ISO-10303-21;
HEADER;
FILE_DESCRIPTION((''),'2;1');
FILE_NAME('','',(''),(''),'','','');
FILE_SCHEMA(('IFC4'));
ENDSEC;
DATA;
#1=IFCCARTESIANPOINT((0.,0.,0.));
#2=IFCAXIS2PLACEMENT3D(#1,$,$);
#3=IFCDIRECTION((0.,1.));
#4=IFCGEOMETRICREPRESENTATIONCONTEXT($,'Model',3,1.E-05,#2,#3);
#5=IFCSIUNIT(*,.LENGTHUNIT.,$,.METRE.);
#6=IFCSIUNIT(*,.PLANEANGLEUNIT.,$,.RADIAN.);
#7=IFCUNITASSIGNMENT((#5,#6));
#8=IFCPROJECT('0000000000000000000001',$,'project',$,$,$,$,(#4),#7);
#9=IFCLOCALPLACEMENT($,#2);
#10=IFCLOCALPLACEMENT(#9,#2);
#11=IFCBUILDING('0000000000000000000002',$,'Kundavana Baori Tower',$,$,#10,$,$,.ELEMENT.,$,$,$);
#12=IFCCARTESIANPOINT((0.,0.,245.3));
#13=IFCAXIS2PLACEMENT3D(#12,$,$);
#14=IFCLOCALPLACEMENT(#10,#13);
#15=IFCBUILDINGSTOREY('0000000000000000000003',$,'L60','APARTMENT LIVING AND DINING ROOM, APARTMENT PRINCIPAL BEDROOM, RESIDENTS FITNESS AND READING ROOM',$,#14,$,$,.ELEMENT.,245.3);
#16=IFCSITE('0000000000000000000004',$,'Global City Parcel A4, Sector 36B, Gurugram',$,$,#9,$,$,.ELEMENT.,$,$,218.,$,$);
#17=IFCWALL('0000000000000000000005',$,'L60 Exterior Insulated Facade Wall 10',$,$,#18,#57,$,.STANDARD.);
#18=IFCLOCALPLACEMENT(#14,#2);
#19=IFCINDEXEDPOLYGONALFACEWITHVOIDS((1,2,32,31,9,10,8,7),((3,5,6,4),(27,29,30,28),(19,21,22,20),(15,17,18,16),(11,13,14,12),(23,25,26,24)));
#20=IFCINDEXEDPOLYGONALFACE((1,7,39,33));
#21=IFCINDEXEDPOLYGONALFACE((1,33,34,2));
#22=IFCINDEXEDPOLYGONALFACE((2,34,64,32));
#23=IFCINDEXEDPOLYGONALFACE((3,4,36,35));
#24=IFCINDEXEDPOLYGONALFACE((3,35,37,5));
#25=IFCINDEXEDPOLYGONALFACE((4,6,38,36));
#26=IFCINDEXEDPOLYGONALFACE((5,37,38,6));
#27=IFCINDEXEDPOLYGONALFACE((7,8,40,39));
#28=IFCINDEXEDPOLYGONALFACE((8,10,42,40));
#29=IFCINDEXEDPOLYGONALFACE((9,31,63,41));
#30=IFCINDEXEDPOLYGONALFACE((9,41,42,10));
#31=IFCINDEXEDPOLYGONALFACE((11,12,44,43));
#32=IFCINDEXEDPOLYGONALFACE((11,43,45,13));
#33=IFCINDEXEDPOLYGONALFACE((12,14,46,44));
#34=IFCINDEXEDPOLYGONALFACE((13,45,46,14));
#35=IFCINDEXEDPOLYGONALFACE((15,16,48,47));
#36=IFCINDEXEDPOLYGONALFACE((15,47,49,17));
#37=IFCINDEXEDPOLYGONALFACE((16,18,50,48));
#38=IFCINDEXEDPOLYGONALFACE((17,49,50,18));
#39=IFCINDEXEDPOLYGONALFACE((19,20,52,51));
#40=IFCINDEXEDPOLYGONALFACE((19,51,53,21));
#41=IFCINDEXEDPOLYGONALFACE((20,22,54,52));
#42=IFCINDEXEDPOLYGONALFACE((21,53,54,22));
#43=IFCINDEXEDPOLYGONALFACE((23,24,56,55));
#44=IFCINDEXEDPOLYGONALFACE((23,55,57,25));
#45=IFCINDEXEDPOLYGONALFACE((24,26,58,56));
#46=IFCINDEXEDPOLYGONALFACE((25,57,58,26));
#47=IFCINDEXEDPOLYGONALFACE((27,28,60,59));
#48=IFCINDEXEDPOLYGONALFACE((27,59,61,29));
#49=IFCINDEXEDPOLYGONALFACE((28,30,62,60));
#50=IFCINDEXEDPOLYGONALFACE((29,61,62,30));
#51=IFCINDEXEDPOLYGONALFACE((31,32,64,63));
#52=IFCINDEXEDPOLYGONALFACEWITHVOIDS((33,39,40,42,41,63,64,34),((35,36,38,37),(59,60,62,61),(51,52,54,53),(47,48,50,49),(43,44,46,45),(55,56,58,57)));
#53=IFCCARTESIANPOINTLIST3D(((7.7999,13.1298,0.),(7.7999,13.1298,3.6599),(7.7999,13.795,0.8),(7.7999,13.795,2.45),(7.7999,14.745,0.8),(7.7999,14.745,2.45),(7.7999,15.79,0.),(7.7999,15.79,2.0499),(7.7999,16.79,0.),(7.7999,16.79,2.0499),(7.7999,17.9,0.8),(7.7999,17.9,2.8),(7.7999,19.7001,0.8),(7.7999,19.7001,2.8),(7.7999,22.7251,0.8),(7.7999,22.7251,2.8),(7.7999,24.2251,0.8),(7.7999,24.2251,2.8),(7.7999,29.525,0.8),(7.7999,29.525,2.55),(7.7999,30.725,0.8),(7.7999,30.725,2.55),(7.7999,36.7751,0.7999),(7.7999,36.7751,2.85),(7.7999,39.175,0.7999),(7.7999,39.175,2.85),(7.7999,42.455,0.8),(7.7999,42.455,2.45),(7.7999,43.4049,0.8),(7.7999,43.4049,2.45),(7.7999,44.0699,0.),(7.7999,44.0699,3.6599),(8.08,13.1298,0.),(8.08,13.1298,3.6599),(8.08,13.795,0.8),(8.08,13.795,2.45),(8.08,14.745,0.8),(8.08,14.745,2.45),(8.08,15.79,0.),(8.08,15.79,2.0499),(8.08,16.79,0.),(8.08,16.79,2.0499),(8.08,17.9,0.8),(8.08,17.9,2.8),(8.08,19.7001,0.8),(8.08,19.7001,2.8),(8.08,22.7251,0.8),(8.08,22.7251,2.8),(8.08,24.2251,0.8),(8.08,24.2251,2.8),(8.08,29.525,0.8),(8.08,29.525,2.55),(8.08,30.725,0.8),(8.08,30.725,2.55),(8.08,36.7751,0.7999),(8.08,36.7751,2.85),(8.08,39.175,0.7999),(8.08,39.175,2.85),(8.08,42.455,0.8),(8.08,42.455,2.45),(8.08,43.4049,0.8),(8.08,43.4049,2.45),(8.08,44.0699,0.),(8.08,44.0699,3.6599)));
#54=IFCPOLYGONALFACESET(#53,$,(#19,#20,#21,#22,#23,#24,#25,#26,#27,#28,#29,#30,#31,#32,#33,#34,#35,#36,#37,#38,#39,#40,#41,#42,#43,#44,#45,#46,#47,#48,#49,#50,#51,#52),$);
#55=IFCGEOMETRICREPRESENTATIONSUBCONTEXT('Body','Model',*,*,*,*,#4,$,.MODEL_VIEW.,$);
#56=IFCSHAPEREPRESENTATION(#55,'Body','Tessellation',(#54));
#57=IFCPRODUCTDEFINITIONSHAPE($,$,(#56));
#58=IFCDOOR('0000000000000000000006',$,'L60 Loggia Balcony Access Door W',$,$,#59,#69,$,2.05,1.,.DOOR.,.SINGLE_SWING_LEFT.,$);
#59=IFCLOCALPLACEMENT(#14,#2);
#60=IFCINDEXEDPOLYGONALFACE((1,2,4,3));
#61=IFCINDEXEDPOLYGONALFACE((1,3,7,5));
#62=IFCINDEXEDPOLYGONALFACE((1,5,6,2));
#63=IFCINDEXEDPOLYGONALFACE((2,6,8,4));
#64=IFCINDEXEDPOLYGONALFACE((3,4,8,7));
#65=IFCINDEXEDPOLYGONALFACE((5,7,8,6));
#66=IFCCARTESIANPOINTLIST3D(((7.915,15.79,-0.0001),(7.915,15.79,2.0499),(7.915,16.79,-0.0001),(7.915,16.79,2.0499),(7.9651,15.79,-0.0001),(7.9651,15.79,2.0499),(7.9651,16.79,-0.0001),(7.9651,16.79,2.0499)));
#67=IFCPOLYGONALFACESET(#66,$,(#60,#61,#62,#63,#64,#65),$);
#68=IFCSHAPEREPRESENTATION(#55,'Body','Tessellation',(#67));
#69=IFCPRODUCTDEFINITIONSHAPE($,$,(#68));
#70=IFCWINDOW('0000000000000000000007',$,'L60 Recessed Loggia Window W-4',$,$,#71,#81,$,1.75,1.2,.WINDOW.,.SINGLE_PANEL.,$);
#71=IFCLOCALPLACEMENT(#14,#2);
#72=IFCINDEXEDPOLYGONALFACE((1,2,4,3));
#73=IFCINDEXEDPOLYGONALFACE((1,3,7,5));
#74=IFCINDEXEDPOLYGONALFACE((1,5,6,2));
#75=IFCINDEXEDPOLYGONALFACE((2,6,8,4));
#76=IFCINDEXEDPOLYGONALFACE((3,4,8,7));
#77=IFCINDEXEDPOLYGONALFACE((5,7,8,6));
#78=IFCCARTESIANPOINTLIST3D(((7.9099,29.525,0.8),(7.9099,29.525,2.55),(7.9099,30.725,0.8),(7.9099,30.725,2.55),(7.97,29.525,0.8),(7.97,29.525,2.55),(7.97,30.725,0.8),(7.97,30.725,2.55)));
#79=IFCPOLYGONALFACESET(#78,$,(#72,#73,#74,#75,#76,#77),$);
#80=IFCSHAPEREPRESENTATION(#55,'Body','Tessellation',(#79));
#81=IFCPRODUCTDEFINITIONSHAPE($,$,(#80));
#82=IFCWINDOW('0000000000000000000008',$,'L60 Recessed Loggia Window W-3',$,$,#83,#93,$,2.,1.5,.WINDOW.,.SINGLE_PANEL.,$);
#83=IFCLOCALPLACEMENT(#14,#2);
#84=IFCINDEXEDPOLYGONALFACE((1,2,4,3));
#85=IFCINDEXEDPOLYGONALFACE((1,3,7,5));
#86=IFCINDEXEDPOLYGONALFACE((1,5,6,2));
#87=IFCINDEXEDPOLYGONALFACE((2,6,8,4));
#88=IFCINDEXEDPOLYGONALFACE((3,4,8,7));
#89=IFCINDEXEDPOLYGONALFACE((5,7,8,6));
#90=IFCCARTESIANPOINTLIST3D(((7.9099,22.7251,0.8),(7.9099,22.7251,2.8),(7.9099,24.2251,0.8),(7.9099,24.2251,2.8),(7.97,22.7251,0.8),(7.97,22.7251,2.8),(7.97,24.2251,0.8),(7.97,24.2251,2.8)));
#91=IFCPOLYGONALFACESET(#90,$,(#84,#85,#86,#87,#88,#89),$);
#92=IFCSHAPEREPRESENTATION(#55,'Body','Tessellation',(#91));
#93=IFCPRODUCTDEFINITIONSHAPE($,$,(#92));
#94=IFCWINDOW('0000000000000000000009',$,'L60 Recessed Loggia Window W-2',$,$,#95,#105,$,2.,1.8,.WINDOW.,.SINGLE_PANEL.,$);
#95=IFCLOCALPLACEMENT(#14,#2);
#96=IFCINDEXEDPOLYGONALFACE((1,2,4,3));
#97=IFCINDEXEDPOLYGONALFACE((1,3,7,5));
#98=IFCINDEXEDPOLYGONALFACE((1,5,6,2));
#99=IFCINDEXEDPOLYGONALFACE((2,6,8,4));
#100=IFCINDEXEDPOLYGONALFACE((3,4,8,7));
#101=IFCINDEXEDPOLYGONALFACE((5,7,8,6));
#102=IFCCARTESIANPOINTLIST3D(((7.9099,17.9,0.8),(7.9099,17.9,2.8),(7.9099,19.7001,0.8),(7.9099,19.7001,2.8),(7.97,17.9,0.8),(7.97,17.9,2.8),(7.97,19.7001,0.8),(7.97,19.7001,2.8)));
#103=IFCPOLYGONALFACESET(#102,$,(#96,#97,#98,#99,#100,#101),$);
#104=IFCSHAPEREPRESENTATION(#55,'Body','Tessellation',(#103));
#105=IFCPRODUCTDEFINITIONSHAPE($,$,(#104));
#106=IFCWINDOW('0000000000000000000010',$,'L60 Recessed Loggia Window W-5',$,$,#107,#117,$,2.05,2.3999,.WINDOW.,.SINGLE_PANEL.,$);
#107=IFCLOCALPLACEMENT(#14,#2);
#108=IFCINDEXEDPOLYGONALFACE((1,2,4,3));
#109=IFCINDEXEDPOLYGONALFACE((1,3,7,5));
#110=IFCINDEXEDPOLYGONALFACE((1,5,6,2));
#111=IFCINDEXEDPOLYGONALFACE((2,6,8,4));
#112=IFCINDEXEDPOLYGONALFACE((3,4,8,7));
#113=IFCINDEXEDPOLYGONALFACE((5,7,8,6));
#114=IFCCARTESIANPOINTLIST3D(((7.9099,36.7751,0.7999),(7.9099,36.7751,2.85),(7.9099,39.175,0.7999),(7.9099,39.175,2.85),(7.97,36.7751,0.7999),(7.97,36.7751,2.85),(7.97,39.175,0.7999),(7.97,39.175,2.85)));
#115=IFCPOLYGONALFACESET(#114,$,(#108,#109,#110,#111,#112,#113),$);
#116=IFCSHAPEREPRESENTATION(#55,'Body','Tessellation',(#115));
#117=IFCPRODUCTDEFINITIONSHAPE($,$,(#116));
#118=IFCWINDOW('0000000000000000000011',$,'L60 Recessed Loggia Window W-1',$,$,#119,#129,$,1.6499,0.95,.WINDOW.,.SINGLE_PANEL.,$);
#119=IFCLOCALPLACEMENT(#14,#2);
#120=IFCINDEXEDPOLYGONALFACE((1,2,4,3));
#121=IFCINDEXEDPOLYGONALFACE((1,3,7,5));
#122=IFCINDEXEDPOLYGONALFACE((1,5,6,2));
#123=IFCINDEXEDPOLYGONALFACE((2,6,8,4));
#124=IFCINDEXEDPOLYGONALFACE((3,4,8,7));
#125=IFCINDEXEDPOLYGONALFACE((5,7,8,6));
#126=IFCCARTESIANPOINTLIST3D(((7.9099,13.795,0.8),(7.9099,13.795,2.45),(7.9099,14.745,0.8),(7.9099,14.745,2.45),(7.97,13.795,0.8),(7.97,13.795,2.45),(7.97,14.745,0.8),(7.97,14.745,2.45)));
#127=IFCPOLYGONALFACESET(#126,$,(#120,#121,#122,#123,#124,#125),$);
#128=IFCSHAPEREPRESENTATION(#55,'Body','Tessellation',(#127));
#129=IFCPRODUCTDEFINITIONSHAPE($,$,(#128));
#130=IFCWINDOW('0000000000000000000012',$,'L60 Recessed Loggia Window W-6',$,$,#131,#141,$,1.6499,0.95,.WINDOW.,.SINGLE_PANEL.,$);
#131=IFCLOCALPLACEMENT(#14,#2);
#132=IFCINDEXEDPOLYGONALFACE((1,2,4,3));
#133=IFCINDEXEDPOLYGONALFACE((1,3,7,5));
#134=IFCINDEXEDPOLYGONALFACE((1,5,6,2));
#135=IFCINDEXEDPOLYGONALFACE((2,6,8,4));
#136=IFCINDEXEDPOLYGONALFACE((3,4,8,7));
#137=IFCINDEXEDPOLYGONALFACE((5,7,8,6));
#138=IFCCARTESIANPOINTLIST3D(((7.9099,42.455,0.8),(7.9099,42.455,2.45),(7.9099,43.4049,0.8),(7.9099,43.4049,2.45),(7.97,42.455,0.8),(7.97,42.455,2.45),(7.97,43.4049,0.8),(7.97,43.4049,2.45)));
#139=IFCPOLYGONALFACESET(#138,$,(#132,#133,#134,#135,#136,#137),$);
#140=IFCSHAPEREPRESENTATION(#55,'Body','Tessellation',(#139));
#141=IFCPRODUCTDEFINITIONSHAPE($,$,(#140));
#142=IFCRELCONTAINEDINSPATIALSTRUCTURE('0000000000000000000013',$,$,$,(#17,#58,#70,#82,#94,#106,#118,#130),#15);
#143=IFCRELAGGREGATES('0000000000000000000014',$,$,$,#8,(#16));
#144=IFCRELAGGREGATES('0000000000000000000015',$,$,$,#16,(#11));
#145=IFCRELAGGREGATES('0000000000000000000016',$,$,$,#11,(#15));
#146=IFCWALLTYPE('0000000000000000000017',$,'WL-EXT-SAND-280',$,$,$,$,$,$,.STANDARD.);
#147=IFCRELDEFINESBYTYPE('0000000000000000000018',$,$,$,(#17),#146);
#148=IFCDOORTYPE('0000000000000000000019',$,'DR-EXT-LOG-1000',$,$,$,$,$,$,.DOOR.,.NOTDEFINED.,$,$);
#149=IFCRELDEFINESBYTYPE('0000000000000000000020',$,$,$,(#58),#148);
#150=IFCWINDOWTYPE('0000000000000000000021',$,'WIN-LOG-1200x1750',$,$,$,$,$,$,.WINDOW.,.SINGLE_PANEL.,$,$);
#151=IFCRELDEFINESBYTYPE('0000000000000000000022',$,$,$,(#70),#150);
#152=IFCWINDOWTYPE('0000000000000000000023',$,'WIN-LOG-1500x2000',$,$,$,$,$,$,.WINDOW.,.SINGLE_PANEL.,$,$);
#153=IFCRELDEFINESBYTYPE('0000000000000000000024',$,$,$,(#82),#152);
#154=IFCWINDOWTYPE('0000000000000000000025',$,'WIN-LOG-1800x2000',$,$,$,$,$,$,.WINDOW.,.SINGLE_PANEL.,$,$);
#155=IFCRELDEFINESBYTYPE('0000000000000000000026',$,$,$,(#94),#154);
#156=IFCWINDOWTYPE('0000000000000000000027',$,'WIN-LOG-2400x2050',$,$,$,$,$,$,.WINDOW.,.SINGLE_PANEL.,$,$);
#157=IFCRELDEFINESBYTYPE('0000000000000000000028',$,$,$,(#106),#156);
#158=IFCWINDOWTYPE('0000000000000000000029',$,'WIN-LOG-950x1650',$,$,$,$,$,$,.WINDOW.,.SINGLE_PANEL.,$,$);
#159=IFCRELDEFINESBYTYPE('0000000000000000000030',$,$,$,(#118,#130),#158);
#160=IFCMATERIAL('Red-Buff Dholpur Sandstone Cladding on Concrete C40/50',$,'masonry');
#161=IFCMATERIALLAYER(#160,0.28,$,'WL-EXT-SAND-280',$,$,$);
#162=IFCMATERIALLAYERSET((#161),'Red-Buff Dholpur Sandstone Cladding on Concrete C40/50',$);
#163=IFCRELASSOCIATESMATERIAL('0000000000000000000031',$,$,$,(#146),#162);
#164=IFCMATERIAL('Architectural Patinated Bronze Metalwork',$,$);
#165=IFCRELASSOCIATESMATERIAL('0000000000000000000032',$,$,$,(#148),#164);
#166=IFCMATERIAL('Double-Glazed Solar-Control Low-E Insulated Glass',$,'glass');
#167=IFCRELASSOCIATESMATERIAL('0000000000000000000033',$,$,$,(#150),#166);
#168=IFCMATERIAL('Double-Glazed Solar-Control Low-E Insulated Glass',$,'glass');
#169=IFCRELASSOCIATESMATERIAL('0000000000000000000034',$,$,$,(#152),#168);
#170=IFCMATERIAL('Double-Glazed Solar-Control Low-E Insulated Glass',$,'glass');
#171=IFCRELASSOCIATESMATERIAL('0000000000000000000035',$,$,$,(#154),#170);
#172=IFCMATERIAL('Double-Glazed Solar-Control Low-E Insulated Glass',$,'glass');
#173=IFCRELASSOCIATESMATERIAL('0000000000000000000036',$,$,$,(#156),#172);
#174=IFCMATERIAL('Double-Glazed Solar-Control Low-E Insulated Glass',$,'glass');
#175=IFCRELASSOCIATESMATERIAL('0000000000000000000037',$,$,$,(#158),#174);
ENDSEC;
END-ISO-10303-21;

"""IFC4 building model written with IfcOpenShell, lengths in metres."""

from ifc_helpers import new_model, si_unit, direction, frame, frame_2d, origin, place, context, subcontext, project, spatial, rectangle, extrude, material, layer, layer_set, type_object, element, fill, save


model = new_model("IFC4")

# Units and contexts
model_context = context("Model", 3, precision=1e-05, world=origin(), true_north=direction((0.0, 1.0)))
body_context = subcontext(model_context, "Body", "Model", "MODEL_VIEW")
ifc_project = project(units=[si_unit("LENGTHUNIT", "METRE"), si_unit("PLANEANGLEUNIT", "RADIAN")], contexts=[model_context])

# Site, building, storey
site_placement = place(None, origin())
site = spatial("IfcSite", under=ifc_project, at=site_placement, Name="Global City Parcel A4, Sector 36B, Gurugram", CompositionType="ELEMENT", RefElevation=218.0)
building_placement = place(site_placement, origin())
building = spatial("IfcBuilding", under=site, at=building_placement, Name="Kundavana Baori Tower", CompositionType="ELEMENT")
storey_placement = place(building_placement, frame((0.0, 0.0, 245.3)))
storey = spatial("IfcBuildingStorey", under=building, at=storey_placement, Name="L60", Description="APARTMENT LIVING AND DINING ROOM, APARTMENT PRINCIPAL BEDROOM, RESIDENTS FITNESS AND READING ROOM", CompositionType="ELEMENT", Elevation=245.3)

# Shared definitions
ifc_material_1 = material(Name="Red-Buff Dholpur Sandstone Cladding on Concrete C40/50", Category="masonry")
ifc_layer_1 = layer(ifc_material_1, 0.28, Name="WL-EXT-SAND-280")
ifc_layer_set_1 = layer_set([ifc_layer_1], Name="Red-Buff Dholpur Sandstone Cladding on Concrete C40/50")
wall_type_1 = type_object("IfcWallType", Name="WL-EXT-SAND-280", PredefinedType="STANDARD", material=ifc_layer_set_1)

# Wall, openings, door, windows
wall_1_placement = place(storey_placement, frame((7.9399, 44.0701, 0.0), z_axis=(0.0, 0.0, 1.0), x_axis=(0.0, -1.0, 0.0)))
wall_1 = element("IfcWall", 1, at=wall_1_placement, inside=storey, type_object=wall_type_1, Name="L60 Exterior Insulated Facade Wall 10", PredefinedType="STANDARD", context=body_context, shape_type="SweptSolid", body=[
    extrude(rectangle(XDim=30.9402, YDim=0.28, at=frame_2d((15.4702, 0.0))), origin(), (0.0, 0.0, 1.0), 3.6599),
])
opening_1_placement = place(wall_1_placement, frame((29.325, 0.0, 0.8)))
opening_1 = element("IfcOpeningElement", 2, at=opening_1_placement, cuts=wall_1, PredefinedType="OPENING", context=body_context, shape_type="SweptSolid", body=[
    extrude(rectangle(XDim=0.95, YDim=1.6499, at=frame_2d((0.4751, 0.825))), frame((0.0, 0.1499, 0.0), z_axis=(0.0, -1.0, 0.0), x_axis=(1.0, 0.0, 0.0)), (0.0, 0.0, 1.0), 0.3),
])
opening_2_placement = place(wall_1_placement, frame((27.28, 0.0, 0.0)))
opening_2 = element("IfcOpeningElement", 3, at=opening_2_placement, cuts=wall_1, PredefinedType="OPENING", context=body_context, shape_type="SweptSolid", body=[
    extrude(rectangle(XDim=1.0, YDim=2.05, at=frame_2d((0.5, 1.0249))), frame((0.0, 0.1499, 0.0), z_axis=(0.0, -1.0, 0.0), x_axis=(1.0, 0.0, 0.0)), (0.0, 0.0, 1.0), 0.3),
])
opening_3_placement = place(wall_1_placement, frame((24.3701, 0.0, 0.8)))
opening_3 = element("IfcOpeningElement", 4, at=opening_3_placement, cuts=wall_1, PredefinedType="OPENING", context=body_context, shape_type="SweptSolid", body=[
    extrude(rectangle(XDim=1.8, YDim=2.0, at=frame_2d((0.8999, 1.0))), frame((0.0, 0.1499, 0.0), z_axis=(0.0, -1.0, 0.0), x_axis=(1.0, 0.0, 0.0)), (0.0, 0.0, 1.0), 0.3),
])
opening_4_placement = place(wall_1_placement, frame((19.845, 0.0, 0.8)))
opening_4 = element("IfcOpeningElement", 5, at=opening_4_placement, cuts=wall_1, PredefinedType="OPENING", context=body_context, shape_type="SweptSolid", body=[
    extrude(rectangle(XDim=1.5, YDim=2.0, at=frame_2d((0.75, 1.0))), frame((0.0, 0.1499, 0.0), z_axis=(0.0, -1.0, 0.0), x_axis=(1.0, 0.0, 0.0)), (0.0, 0.0, 1.0), 0.3),
])
opening_5_placement = place(wall_1_placement, frame((13.345, 0.0, 0.8)))
opening_5 = element("IfcOpeningElement", 6, at=opening_5_placement, cuts=wall_1, PredefinedType="OPENING", context=body_context, shape_type="SweptSolid", body=[
    extrude(rectangle(XDim=1.2, YDim=1.75, at=frame_2d((0.6001, 0.875))), frame((0.0, 0.1499, 0.0), z_axis=(0.0, -1.0, 0.0), x_axis=(1.0, 0.0, 0.0)), (0.0, 0.0, 1.0), 0.3),
])
opening_6_placement = place(wall_1_placement, frame((4.895, 0.0, 0.8)))
opening_6 = element("IfcOpeningElement", 7, at=opening_6_placement, cuts=wall_1, PredefinedType="OPENING", context=body_context, shape_type="SweptSolid", body=[
    extrude(rectangle(XDim=2.3999, YDim=2.05, at=frame_2d((1.2, 1.0249))), frame((0.0, 0.1499, 0.0), z_axis=(0.0, -1.0, 0.0), x_axis=(1.0, 0.0, 0.0)), (0.0, 0.0, 1.0), 0.3),
])
opening_7_placement = place(wall_1_placement, frame((0.665, 0.0, 0.8)))
opening_7 = element("IfcOpeningElement", 8, at=opening_7_placement, cuts=wall_1, PredefinedType="OPENING", context=body_context, shape_type="SweptSolid", body=[
    extrude(rectangle(XDim=0.95, YDim=1.6499, at=frame_2d((0.4751, 0.825))), frame((0.0, 0.1499, 0.0), z_axis=(0.0, -1.0, 0.0), x_axis=(1.0, 0.0, 0.0)), (0.0, 0.0, 1.0), 0.3),
])
ifc_material_2 = material(Name="Architectural Patinated Bronze Metalwork")
door_type_1 = type_object("IfcDoorType", Name="DR-EXT-LOG-1000", OperationType="NOTDEFINED", PredefinedType="DOOR", material=ifc_material_2)
door_1_placement = place(opening_2_placement, frame((1.0, 0.0, 0.0), z_axis=(0.0, 0.0, 1.0), x_axis=(-1.0, 0.0, 0.0)))
door_1 = element("IfcDoor", 9, at=door_1_placement, inside=storey, type_object=door_type_1, Name="L60 Loggia Balcony Access Door W", OperationType="SINGLE_SWING_LEFT", OverallHeight=2.05, OverallWidth=1.0, PredefinedType="DOOR", context=body_context, shape_type="SweptSolid", body=[
    extrude(rectangle(XDim=1.0, YDim=2.05, at=frame_2d((0.5, 1.0249))), frame((0.0, 0.0249, 0.0), z_axis=(0.0, -1.0, 0.0), x_axis=(1.0, 0.0, 0.0)), (0.0, 0.0, 1.0), 0.05),
])
fill(opening_2, door_1)
ifc_material_3 = material(Name="Double-Glazed Solar-Control Low-E Insulated Glass", Category="glass")
window_type_1 = type_object("IfcWindowType", Name="WIN-LOG-1200x1750", PartitioningType="SINGLE_PANEL", PredefinedType="WINDOW", material=ifc_material_3)
window_1_placement = place(opening_5_placement, origin())
window_1 = element("IfcWindow", 10, at=window_1_placement, inside=storey, type_object=window_type_1, Name="L60 Recessed Loggia Window W-4", OverallHeight=1.75, OverallWidth=1.2, PartitioningType="SINGLE_PANEL", PredefinedType="WINDOW", context=body_context, shape_type="SweptSolid", body=[
    extrude(rectangle(XDim=1.2, YDim=1.75, at=frame_2d((0.6001, 0.875))), frame((0.0, 0.03, 0.0), z_axis=(0.0, -1.0, 0.0), x_axis=(1.0, 0.0, 0.0)), (0.0, 0.0, 1.0), 0.0601),
])
fill(opening_5, window_1)
ifc_material_4 = material(Name="Double-Glazed Solar-Control Low-E Insulated Glass", Category="glass")
window_type_2 = type_object("IfcWindowType", Name="WIN-LOG-1500x2000", PartitioningType="SINGLE_PANEL", PredefinedType="WINDOW", material=ifc_material_4)
window_2_placement = place(opening_4_placement, origin())
window_2 = element("IfcWindow", 11, at=window_2_placement, inside=storey, type_object=window_type_2, Name="L60 Recessed Loggia Window W-3", OverallHeight=2.0, OverallWidth=1.5, PartitioningType="SINGLE_PANEL", PredefinedType="WINDOW", context=body_context, shape_type="SweptSolid", body=[
    extrude(rectangle(XDim=1.5, YDim=2.0, at=frame_2d((0.75, 1.0))), frame((0.0, 0.03, 0.0), z_axis=(0.0, -1.0, 0.0), x_axis=(1.0, 0.0, 0.0)), (0.0, 0.0, 1.0), 0.0601),
])
fill(opening_4, window_2)
ifc_material_5 = material(Name="Double-Glazed Solar-Control Low-E Insulated Glass", Category="glass")
window_type_3 = type_object("IfcWindowType", Name="WIN-LOG-1800x2000", PartitioningType="SINGLE_PANEL", PredefinedType="WINDOW", material=ifc_material_5)
window_3_placement = place(opening_3_placement, origin())
window_3 = element("IfcWindow", 12, at=window_3_placement, inside=storey, type_object=window_type_3, Name="L60 Recessed Loggia Window W-2", OverallHeight=2.0, OverallWidth=1.8, PartitioningType="SINGLE_PANEL", PredefinedType="WINDOW", context=body_context, shape_type="SweptSolid", body=[
    extrude(rectangle(XDim=1.8, YDim=2.0, at=frame_2d((0.8999, 1.0))), frame((0.0, 0.03, 0.0), z_axis=(0.0, -1.0, 0.0), x_axis=(1.0, 0.0, 0.0)), (0.0, 0.0, 1.0), 0.0601),
])
fill(opening_3, window_3)
ifc_material_6 = material(Name="Double-Glazed Solar-Control Low-E Insulated Glass", Category="glass")
window_type_4 = type_object("IfcWindowType", Name="WIN-LOG-2400x2050", PartitioningType="SINGLE_PANEL", PredefinedType="WINDOW", material=ifc_material_6)
window_4_placement = place(opening_6_placement, origin())
window_4 = element("IfcWindow", 13, at=window_4_placement, inside=storey, type_object=window_type_4, Name="L60 Recessed Loggia Window W-5", OverallHeight=2.05, OverallWidth=2.3999, PartitioningType="SINGLE_PANEL", PredefinedType="WINDOW", context=body_context, shape_type="SweptSolid", body=[
    extrude(rectangle(XDim=2.3999, YDim=2.05, at=frame_2d((1.2, 1.0249))), frame((0.0, 0.03, 0.0), z_axis=(0.0, -1.0, 0.0), x_axis=(1.0, 0.0, 0.0)), (0.0, 0.0, 1.0), 0.0601),
])
fill(opening_6, window_4)
ifc_material_7 = material(Name="Double-Glazed Solar-Control Low-E Insulated Glass", Category="glass")
window_type_5 = type_object("IfcWindowType", Name="WIN-LOG-950x1650", PartitioningType="SINGLE_PANEL", PredefinedType="WINDOW", material=ifc_material_7)
window_5_placement = place(opening_1_placement, origin())
window_5 = element("IfcWindow", 14, at=window_5_placement, inside=storey, type_object=window_type_5, Name="L60 Recessed Loggia Window W-1", OverallHeight=1.6499, OverallWidth=0.95, PartitioningType="SINGLE_PANEL", PredefinedType="WINDOW", context=body_context, shape_type="SweptSolid", body=[
    extrude(rectangle(XDim=0.95, YDim=1.6499, at=frame_2d((0.4751, 0.825))), frame((0.0, 0.03, 0.0), z_axis=(0.0, -1.0, 0.0), x_axis=(1.0, 0.0, 0.0)), (0.0, 0.0, 1.0), 0.0601),
])
fill(opening_1, window_5)
window_6_placement = place(opening_7_placement, origin())
window_6 = element("IfcWindow", 15, at=window_6_placement, inside=storey, type_object=window_type_5, Name="L60 Recessed Loggia Window W-6", OverallHeight=1.6499, OverallWidth=0.95, PartitioningType="SINGLE_PANEL", PredefinedType="WINDOW", context=body_context, shape_type="SweptSolid", body=[
    extrude(rectangle(XDim=0.95, YDim=1.6499, at=frame_2d((0.4751, 0.825))), frame((0.0, 0.03, 0.0), z_axis=(0.0, -1.0, 0.0), x_axis=(1.0, 0.0, 0.0)), (0.0, 0.0, 1.0), 0.0601),
])
fill(opening_7, window_6)

save(model, "model.ifc")
